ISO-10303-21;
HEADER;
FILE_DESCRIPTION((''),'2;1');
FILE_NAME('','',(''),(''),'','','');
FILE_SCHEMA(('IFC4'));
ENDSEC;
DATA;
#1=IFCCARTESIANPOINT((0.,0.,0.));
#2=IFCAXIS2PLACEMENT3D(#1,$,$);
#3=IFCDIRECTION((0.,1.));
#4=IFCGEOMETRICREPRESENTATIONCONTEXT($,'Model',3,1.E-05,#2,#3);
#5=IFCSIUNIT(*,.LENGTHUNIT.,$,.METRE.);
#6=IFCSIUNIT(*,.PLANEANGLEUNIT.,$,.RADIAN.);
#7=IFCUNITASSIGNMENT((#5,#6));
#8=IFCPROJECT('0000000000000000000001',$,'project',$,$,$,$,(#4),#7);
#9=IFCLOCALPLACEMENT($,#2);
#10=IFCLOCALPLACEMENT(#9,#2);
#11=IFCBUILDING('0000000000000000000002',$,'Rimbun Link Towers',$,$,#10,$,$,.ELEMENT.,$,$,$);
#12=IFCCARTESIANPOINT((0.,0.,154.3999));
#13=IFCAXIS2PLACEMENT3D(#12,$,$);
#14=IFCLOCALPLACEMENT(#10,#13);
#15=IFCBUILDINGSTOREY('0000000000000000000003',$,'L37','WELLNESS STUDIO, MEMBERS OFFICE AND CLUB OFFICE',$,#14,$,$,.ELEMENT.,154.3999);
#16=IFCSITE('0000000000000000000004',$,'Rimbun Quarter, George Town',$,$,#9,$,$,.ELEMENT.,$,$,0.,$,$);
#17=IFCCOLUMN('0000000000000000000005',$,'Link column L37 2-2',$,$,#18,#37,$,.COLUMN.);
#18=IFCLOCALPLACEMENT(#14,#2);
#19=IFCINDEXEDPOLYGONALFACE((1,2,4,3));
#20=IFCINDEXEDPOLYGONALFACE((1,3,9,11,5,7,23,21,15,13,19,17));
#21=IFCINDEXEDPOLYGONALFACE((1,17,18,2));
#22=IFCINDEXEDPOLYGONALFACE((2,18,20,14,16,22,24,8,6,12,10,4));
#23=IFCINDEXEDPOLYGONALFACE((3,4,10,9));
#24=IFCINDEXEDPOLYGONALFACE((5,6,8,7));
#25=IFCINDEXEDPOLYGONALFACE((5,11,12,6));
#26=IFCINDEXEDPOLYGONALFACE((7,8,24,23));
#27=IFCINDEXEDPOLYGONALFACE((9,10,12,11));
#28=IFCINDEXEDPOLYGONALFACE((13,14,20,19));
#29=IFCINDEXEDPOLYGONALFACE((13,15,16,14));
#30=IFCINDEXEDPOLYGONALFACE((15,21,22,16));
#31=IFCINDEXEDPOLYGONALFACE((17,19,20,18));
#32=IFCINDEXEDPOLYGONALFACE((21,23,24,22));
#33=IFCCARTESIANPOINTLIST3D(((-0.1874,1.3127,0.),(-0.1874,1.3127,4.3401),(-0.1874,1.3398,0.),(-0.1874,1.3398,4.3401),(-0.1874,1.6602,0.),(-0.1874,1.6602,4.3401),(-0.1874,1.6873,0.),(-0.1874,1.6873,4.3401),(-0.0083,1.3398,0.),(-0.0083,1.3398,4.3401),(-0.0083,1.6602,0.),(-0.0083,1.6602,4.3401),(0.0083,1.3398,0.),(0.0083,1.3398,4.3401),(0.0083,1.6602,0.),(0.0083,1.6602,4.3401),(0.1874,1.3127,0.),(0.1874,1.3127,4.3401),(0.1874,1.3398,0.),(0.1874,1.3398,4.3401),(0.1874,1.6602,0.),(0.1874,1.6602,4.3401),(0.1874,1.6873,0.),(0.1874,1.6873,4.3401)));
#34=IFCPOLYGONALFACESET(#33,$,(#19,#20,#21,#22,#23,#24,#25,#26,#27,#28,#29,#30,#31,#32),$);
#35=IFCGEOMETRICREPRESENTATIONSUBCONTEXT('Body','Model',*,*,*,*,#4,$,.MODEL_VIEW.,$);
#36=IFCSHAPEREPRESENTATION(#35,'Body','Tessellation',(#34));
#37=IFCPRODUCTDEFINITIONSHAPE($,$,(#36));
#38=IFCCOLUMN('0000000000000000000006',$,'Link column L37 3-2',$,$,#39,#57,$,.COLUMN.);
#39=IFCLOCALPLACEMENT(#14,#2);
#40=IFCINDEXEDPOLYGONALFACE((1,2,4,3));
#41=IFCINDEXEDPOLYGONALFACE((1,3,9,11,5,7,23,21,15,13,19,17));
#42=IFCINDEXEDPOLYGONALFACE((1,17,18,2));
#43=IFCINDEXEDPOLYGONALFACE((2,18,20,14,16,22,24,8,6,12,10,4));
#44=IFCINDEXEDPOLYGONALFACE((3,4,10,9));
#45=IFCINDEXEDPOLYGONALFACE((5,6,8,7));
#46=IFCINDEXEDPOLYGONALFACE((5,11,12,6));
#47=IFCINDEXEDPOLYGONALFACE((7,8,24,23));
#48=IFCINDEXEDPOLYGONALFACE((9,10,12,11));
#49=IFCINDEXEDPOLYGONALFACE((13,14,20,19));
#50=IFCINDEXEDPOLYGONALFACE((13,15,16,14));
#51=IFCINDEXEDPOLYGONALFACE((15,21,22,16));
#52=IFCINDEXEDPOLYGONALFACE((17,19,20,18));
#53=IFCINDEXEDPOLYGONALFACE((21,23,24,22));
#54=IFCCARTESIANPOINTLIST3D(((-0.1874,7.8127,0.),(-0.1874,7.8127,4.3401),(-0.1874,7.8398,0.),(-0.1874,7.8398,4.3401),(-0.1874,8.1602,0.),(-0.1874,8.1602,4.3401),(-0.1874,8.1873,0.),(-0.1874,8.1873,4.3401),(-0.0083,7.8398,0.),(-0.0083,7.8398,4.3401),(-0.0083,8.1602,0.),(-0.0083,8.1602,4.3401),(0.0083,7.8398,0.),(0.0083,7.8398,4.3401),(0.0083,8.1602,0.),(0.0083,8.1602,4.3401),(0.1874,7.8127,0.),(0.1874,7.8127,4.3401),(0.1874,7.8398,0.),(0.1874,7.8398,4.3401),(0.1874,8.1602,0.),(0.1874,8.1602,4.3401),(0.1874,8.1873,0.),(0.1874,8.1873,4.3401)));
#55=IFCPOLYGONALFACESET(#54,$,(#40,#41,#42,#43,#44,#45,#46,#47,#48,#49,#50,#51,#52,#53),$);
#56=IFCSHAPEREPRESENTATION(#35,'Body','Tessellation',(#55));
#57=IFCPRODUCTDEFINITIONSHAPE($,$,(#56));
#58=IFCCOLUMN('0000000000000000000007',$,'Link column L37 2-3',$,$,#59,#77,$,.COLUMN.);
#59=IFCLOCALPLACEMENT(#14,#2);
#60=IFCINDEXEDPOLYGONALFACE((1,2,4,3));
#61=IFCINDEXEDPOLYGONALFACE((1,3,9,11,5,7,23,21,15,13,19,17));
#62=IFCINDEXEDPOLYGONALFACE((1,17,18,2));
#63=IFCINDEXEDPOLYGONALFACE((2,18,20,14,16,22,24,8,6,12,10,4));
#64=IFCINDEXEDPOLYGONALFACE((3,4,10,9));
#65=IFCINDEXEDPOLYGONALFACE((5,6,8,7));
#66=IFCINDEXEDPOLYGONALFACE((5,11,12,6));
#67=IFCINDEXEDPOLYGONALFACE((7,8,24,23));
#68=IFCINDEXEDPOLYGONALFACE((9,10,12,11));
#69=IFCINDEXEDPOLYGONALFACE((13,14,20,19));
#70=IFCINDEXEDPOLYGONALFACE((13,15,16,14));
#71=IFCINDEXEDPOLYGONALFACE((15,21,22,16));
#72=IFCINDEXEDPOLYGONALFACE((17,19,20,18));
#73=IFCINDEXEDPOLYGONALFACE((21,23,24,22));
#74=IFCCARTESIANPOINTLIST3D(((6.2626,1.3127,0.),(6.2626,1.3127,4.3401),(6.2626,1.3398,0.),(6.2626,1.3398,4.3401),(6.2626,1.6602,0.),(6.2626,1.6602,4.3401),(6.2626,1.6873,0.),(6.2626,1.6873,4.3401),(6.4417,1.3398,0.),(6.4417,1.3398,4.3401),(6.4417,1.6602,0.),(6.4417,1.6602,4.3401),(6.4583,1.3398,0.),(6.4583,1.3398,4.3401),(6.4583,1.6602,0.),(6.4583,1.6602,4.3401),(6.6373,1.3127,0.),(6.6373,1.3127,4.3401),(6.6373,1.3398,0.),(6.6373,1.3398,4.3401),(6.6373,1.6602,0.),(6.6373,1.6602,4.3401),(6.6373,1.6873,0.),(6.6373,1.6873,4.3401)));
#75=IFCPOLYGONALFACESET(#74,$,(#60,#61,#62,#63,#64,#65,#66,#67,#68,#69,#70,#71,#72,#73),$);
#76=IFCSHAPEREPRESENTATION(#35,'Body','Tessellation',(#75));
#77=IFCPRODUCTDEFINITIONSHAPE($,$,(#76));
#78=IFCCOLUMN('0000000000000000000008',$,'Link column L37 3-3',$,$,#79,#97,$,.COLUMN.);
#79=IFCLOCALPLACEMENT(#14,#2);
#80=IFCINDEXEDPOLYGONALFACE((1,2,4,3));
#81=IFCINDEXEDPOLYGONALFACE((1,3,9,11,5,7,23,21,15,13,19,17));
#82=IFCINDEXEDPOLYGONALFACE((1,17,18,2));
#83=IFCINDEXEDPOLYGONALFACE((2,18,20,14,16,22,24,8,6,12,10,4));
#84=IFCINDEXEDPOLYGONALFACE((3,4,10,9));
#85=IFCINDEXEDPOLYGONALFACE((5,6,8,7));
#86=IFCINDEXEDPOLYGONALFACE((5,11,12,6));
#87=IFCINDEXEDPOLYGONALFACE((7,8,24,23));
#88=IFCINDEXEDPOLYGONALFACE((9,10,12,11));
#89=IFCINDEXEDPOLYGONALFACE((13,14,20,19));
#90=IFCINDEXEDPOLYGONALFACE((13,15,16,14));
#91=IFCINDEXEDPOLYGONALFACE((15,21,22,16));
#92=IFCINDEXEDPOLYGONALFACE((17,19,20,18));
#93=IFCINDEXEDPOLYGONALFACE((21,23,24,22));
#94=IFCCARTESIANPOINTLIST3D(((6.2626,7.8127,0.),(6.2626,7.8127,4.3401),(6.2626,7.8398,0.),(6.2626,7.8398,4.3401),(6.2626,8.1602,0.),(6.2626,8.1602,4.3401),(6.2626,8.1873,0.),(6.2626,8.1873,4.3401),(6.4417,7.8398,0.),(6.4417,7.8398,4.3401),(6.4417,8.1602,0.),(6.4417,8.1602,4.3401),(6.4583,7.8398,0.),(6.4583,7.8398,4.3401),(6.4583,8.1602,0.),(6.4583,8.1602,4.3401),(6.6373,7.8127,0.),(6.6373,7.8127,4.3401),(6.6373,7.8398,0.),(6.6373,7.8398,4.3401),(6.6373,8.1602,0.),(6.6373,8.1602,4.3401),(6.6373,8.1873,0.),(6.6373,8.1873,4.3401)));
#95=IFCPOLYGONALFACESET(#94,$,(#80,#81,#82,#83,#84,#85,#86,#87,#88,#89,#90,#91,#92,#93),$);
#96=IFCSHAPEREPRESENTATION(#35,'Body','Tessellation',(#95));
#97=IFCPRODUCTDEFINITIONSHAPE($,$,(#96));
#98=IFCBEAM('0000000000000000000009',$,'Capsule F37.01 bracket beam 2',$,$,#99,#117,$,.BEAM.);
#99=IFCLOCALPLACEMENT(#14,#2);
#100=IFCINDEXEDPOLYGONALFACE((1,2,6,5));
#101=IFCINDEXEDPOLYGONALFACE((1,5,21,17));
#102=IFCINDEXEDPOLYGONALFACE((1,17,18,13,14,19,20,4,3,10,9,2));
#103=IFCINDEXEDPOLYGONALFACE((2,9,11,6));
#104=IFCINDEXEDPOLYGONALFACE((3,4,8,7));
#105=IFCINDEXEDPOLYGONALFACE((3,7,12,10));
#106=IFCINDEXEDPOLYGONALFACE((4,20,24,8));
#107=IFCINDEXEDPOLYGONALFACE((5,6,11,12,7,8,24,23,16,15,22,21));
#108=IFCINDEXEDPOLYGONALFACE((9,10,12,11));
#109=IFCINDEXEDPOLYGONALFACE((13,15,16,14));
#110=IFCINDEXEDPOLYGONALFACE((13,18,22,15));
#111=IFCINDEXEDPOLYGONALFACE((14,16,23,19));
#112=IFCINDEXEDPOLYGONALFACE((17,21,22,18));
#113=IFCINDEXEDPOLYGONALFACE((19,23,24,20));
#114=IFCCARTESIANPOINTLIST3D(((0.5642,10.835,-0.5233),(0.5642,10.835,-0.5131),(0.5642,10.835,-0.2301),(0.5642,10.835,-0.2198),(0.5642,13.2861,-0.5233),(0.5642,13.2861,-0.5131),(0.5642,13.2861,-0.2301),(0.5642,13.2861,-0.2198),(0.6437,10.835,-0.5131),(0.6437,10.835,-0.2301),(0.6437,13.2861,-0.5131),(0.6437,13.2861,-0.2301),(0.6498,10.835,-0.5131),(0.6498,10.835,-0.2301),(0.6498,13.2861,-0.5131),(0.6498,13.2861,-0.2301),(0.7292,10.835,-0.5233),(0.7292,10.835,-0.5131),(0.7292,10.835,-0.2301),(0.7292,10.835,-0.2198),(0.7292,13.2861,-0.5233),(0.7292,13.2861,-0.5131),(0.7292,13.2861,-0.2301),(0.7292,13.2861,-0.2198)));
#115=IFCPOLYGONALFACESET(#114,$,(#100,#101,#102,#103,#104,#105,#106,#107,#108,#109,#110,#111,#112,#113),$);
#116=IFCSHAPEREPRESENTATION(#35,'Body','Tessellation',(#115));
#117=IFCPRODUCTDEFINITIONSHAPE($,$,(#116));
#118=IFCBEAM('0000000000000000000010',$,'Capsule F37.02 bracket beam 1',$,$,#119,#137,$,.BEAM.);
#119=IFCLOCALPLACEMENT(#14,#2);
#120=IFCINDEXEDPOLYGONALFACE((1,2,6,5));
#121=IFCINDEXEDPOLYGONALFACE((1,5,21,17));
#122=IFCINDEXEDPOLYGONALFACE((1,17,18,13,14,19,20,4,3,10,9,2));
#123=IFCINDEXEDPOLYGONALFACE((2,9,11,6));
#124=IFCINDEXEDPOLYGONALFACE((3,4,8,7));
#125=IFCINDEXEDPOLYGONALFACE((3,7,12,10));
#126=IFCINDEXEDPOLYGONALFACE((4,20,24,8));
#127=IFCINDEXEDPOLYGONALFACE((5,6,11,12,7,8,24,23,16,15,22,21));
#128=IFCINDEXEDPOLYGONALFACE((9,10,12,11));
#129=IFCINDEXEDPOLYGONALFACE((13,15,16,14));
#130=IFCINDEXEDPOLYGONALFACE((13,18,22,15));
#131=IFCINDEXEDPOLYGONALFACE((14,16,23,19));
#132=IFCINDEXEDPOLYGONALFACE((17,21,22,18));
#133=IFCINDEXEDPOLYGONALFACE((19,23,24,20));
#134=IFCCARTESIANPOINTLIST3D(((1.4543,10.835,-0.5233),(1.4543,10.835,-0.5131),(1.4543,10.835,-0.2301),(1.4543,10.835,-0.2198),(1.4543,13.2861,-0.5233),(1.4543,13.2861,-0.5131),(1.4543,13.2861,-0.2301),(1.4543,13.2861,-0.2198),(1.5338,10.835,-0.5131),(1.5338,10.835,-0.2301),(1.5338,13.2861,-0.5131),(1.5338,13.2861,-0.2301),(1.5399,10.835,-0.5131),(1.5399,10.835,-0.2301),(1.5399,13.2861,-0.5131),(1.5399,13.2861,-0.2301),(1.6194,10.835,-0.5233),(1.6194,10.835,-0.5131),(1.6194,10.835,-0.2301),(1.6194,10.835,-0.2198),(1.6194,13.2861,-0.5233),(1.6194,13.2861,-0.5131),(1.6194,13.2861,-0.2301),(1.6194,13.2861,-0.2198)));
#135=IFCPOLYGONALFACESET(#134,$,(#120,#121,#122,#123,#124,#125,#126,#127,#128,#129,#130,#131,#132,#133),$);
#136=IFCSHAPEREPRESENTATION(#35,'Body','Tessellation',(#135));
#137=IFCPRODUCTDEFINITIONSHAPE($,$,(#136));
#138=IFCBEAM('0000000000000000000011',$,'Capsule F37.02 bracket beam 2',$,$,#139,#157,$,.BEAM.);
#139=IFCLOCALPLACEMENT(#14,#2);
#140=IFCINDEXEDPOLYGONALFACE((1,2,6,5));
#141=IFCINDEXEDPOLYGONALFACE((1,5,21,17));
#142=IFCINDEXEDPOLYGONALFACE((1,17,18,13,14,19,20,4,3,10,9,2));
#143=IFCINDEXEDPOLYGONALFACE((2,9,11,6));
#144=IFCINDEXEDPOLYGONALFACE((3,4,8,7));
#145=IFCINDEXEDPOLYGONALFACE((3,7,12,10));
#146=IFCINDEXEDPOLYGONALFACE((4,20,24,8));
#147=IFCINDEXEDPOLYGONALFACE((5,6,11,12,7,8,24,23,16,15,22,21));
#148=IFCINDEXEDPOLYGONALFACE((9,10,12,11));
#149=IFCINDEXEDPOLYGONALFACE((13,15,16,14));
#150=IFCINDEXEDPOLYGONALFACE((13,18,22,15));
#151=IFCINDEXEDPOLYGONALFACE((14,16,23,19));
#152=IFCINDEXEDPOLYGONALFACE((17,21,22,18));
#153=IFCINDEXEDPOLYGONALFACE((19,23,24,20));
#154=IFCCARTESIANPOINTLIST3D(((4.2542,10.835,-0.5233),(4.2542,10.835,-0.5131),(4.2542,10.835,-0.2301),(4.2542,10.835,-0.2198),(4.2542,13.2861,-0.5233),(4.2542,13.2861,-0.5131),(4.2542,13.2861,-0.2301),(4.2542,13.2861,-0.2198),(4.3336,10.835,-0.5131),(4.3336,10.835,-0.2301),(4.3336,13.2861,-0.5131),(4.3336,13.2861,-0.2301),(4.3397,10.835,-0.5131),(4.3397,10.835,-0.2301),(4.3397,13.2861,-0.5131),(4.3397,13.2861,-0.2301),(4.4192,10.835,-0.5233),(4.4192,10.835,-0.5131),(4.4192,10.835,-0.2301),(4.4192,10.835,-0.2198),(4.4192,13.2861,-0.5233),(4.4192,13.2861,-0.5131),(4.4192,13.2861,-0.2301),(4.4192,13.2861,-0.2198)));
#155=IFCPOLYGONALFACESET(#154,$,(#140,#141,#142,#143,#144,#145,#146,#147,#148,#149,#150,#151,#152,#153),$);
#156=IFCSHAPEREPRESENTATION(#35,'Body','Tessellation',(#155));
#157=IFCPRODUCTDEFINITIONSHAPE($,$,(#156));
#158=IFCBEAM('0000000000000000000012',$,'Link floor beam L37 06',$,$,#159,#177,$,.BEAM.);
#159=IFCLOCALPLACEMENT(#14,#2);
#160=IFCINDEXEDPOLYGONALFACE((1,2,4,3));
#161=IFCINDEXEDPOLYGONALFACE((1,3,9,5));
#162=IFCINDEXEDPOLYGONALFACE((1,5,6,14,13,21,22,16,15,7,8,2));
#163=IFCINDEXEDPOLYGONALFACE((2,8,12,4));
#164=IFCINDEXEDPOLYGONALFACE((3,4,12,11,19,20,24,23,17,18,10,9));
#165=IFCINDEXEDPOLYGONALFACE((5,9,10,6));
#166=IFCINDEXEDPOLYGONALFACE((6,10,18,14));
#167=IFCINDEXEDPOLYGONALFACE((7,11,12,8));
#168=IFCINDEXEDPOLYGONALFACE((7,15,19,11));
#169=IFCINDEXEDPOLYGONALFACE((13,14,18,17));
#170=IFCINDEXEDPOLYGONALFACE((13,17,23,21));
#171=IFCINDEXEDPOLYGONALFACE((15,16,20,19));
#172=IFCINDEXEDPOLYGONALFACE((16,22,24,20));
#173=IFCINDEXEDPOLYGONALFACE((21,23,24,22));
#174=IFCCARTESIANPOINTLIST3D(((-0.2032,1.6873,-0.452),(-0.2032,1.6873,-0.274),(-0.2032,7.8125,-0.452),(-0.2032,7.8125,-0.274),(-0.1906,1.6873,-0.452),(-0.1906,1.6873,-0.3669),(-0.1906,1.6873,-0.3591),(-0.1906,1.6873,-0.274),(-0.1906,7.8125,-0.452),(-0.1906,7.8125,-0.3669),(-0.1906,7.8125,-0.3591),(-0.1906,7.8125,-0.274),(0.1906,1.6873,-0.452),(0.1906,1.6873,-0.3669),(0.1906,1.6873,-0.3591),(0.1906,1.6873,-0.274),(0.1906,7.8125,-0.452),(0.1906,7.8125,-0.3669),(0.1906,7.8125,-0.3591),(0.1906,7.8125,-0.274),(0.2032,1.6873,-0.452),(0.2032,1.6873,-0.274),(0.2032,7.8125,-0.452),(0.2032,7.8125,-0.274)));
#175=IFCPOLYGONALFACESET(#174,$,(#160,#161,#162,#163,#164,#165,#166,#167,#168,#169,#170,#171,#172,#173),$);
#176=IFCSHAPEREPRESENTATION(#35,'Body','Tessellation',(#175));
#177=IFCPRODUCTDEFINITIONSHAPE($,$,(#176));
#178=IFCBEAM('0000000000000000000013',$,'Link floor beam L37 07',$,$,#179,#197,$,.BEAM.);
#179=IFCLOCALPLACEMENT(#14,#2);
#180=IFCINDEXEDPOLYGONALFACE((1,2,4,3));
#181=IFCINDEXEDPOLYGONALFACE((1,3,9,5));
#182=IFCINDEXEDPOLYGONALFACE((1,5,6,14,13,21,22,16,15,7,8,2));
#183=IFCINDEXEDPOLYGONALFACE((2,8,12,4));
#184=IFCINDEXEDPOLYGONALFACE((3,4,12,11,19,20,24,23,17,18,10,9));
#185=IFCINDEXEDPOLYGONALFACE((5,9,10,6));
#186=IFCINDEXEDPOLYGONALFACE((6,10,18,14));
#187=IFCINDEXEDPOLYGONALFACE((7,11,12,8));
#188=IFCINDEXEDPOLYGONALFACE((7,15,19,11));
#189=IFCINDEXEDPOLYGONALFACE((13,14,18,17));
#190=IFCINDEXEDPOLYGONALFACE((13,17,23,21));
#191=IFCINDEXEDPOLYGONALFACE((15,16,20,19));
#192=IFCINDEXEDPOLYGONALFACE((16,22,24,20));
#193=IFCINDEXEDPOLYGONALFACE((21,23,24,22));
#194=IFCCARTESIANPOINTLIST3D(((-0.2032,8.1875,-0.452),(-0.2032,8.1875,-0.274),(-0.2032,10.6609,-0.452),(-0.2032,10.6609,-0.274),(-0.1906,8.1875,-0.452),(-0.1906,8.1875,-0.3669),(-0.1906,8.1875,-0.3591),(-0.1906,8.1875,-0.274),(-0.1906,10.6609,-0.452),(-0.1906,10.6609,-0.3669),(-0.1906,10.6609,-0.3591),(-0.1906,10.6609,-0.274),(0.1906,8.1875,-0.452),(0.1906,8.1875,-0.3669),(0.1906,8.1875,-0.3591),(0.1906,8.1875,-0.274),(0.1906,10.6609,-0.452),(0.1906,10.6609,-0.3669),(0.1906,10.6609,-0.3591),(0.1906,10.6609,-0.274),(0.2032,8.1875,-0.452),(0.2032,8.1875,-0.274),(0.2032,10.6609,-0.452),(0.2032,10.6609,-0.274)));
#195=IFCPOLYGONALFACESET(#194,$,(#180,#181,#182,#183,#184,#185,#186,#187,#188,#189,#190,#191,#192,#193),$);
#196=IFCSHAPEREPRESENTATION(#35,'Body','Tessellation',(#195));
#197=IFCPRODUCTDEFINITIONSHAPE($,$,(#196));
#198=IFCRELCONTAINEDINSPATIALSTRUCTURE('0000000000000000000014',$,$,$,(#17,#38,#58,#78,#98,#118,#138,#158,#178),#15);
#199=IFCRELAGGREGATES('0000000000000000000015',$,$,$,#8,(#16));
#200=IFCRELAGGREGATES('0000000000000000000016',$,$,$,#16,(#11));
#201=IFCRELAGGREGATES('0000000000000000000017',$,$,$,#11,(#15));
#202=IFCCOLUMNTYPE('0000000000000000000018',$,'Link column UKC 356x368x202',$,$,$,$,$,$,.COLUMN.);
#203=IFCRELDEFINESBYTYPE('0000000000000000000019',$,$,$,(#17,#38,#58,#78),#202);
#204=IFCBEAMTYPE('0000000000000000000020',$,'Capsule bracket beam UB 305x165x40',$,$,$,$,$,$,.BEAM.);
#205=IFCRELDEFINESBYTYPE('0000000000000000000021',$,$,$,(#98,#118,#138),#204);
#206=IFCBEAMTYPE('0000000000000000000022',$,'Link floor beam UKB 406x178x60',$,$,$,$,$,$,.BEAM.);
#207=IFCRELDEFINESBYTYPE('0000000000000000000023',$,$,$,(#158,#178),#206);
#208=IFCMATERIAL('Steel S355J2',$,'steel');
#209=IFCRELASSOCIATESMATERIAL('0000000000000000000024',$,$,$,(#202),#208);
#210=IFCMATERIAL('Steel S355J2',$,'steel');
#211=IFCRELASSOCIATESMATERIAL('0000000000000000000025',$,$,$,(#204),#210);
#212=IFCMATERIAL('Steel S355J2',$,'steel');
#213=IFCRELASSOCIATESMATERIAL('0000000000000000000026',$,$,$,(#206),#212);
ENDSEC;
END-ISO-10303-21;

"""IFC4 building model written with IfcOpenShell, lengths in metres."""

from ifc_helpers import new_model, si_unit, direction, frame, origin, origin_2d, place, context, subcontext, project, spatial, i_section, extrude, material, material_profile, profile_set, type_object, element, save


model = new_model("IFC4")

# Units and contexts
model_context = context("Model", 3, precision=1e-05, world=origin(), true_north=direction((0.0, 1.0)))
body_context = subcontext(model_context, "Body", "Model", "MODEL_VIEW")
ifc_project = project(units=[si_unit("LENGTHUNIT", "METRE"), si_unit("PLANEANGLEUNIT", "RADIAN")], contexts=[model_context])

# Site, building, storey
site_placement = place(None, origin())
site = spatial("IfcSite", under=ifc_project, at=site_placement, Name="Rimbun Quarter, George Town", CompositionType="ELEMENT", RefElevation=0.0)
building_placement = place(site_placement, origin())
building = spatial("IfcBuilding", under=site, at=building_placement, Name="Rimbun Link Towers", CompositionType="ELEMENT")
storey_placement = place(building_placement, frame((0.0, 0.0, 154.3999)))
storey = spatial("IfcBuildingStorey", under=building, at=storey_placement, Name="L37", Description="WELLNESS STUDIO, MEMBERS OFFICE AND CLUB OFFICE", CompositionType="ELEMENT", Elevation=154.3999)

# Columns
ifc_material_1 = material(Name="Steel S355J2", Category="steel")
ifc_material_profile_1 = material_profile(ifc_material_1, i_section(OverallWidth=0.3748, OverallDepth=0.3745, WebThickness=0.0166, FlangeThickness=0.0271, at=origin_2d()), Name="UKC 356x368x202")
ifc_profile_set_1 = profile_set([ifc_material_profile_1], Name="Steel S355J2")
column_type = type_object("IfcColumnType", Name="Link column UKC 356x368x202", PredefinedType="COLUMN", material=ifc_profile_set_1)
for number, where, z_axis, x_axis, name in (
    (1, (0.0, 1.5, 0.0), (0.0, 0.0, 1.0), (1.0, 0.0, 0.0), "Link column L37 2-2"),
    (2, (0.0, 8.0, 0.0), (0.0, 0.0, 1.0), (1.0, 0.0, 0.0), "Link column L37 3-2"),
    (3, (6.45, 1.5, 0.0), (0.0, 0.0, 1.0), (1.0, 0.0, 0.0), "Link column L37 2-3"),
    (4, (6.45, 8.0, 0.0), (0.0, 0.0, 1.0), (1.0, 0.0, 0.0), "Link column L37 3-3"),
):
    element("IfcColumn", number, at=place(storey_placement, frame(where, z_axis=z_axis, x_axis=x_axis)), inside=storey, type_object=column_type, Name=name, PredefinedType="COLUMN", context=body_context, shape_type="SweptSolid", body=[
        extrude(i_section(OverallWidth=0.3748, OverallDepth=0.3745, WebThickness=0.0166, FlangeThickness=0.0271, at=origin_2d()), origin(), (0.0, 0.0, 1.0), 4.3401),
    ])

# Beams
ifc_material_2 = material(Name="Steel S355J2", Category="steel")
ifc_material_profile_2 = material_profile(ifc_material_2, i_section(OverallWidth=0.165, OverallDepth=0.3035, WebThickness=0.0061, FlangeThickness=0.0103, at=origin_2d()), Name="UB 305x165x40")
ifc_profile_set_2 = profile_set([ifc_material_profile_2], Name="Steel S355J2")
beam_type_1 = type_object("IfcBeamType", Name="Capsule bracket beam UB 305x165x40", PredefinedType="BEAM", material=ifc_profile_set_2)
for number, where, z_axis, x_axis, name in (
    (5, (0.6467, 10.835, -0.3716), (0.0, 1.0, 0.0), (-1.0, 0.0, 0.0), "Capsule F37.01 bracket beam 2"),
    (6, (1.5369, 10.835, -0.3716), (0.0, 1.0, 0.0), (-1.0, 0.0, 0.0), "Capsule F37.02 bracket beam 1"),
    (7, (4.3367, 10.835, -0.3716), (0.0, 1.0, 0.0), (-1.0, 0.0, 0.0), "Capsule F37.02 bracket beam 2"),
):
    element("IfcBeam", number, at=place(storey_placement, frame(where, z_axis=z_axis, x_axis=x_axis)), inside=storey, type_object=beam_type_1, Name=name, PredefinedType="BEAM", context=body_context, shape_type="SweptSolid", body=[
        extrude(i_section(OverallWidth=0.165, OverallDepth=0.3035, WebThickness=0.0061, FlangeThickness=0.0103, at=origin_2d()), origin(), (0.0, 0.0, 1.0), 2.4512),
    ])
ifc_material_3 = material(Name="Steel S355J2", Category="steel")
ifc_material_profile_3 = material_profile(ifc_material_3, i_section(OverallWidth=0.178, OverallDepth=0.4065, WebThickness=0.0078, FlangeThickness=0.0127, at=origin_2d()), Name="UKB 406x178x60")
ifc_profile_set_3 = profile_set([ifc_material_profile_3], Name="Steel S355J2")
beam_type_2 = type_object("IfcBeamType", Name="Link floor beam UKB 406x178x60", PredefinedType="BEAM", material=ifc_profile_set_3)
beam_1_placement = place(storey_placement, frame((0.0, 1.6873, -0.363), z_axis=(0.0, 1.0, 0.0), x_axis=(0.0, 0.0, 1.0)))
element("IfcBeam", 8, at=beam_1_placement, inside=storey, type_object=beam_type_2, Name="Link floor beam L37 06", PredefinedType="BEAM", context=body_context, shape_type="SweptSolid", body=[
    extrude(i_section(OverallWidth=0.178, OverallDepth=0.4065, WebThickness=0.0078, FlangeThickness=0.0127, at=origin_2d()), origin(), (0.0, 0.0, 1.0), 6.1252),
])
beam_2_placement = place(storey_placement, frame((0.0, 8.1875, -0.363), z_axis=(0.0, 1.0, 0.0), x_axis=(0.0, 0.0, 1.0)))
element("IfcBeam", 9, at=beam_2_placement, inside=storey, type_object=beam_type_2, Name="Link floor beam L37 07", PredefinedType="BEAM", context=body_context, shape_type="SweptSolid", body=[
    extrude(i_section(OverallWidth=0.178, OverallDepth=0.4065, WebThickness=0.0078, FlangeThickness=0.0127, at=origin_2d()), origin(), (0.0, 0.0, 1.0), 2.4734),
])

save(model, "model.ifc")
